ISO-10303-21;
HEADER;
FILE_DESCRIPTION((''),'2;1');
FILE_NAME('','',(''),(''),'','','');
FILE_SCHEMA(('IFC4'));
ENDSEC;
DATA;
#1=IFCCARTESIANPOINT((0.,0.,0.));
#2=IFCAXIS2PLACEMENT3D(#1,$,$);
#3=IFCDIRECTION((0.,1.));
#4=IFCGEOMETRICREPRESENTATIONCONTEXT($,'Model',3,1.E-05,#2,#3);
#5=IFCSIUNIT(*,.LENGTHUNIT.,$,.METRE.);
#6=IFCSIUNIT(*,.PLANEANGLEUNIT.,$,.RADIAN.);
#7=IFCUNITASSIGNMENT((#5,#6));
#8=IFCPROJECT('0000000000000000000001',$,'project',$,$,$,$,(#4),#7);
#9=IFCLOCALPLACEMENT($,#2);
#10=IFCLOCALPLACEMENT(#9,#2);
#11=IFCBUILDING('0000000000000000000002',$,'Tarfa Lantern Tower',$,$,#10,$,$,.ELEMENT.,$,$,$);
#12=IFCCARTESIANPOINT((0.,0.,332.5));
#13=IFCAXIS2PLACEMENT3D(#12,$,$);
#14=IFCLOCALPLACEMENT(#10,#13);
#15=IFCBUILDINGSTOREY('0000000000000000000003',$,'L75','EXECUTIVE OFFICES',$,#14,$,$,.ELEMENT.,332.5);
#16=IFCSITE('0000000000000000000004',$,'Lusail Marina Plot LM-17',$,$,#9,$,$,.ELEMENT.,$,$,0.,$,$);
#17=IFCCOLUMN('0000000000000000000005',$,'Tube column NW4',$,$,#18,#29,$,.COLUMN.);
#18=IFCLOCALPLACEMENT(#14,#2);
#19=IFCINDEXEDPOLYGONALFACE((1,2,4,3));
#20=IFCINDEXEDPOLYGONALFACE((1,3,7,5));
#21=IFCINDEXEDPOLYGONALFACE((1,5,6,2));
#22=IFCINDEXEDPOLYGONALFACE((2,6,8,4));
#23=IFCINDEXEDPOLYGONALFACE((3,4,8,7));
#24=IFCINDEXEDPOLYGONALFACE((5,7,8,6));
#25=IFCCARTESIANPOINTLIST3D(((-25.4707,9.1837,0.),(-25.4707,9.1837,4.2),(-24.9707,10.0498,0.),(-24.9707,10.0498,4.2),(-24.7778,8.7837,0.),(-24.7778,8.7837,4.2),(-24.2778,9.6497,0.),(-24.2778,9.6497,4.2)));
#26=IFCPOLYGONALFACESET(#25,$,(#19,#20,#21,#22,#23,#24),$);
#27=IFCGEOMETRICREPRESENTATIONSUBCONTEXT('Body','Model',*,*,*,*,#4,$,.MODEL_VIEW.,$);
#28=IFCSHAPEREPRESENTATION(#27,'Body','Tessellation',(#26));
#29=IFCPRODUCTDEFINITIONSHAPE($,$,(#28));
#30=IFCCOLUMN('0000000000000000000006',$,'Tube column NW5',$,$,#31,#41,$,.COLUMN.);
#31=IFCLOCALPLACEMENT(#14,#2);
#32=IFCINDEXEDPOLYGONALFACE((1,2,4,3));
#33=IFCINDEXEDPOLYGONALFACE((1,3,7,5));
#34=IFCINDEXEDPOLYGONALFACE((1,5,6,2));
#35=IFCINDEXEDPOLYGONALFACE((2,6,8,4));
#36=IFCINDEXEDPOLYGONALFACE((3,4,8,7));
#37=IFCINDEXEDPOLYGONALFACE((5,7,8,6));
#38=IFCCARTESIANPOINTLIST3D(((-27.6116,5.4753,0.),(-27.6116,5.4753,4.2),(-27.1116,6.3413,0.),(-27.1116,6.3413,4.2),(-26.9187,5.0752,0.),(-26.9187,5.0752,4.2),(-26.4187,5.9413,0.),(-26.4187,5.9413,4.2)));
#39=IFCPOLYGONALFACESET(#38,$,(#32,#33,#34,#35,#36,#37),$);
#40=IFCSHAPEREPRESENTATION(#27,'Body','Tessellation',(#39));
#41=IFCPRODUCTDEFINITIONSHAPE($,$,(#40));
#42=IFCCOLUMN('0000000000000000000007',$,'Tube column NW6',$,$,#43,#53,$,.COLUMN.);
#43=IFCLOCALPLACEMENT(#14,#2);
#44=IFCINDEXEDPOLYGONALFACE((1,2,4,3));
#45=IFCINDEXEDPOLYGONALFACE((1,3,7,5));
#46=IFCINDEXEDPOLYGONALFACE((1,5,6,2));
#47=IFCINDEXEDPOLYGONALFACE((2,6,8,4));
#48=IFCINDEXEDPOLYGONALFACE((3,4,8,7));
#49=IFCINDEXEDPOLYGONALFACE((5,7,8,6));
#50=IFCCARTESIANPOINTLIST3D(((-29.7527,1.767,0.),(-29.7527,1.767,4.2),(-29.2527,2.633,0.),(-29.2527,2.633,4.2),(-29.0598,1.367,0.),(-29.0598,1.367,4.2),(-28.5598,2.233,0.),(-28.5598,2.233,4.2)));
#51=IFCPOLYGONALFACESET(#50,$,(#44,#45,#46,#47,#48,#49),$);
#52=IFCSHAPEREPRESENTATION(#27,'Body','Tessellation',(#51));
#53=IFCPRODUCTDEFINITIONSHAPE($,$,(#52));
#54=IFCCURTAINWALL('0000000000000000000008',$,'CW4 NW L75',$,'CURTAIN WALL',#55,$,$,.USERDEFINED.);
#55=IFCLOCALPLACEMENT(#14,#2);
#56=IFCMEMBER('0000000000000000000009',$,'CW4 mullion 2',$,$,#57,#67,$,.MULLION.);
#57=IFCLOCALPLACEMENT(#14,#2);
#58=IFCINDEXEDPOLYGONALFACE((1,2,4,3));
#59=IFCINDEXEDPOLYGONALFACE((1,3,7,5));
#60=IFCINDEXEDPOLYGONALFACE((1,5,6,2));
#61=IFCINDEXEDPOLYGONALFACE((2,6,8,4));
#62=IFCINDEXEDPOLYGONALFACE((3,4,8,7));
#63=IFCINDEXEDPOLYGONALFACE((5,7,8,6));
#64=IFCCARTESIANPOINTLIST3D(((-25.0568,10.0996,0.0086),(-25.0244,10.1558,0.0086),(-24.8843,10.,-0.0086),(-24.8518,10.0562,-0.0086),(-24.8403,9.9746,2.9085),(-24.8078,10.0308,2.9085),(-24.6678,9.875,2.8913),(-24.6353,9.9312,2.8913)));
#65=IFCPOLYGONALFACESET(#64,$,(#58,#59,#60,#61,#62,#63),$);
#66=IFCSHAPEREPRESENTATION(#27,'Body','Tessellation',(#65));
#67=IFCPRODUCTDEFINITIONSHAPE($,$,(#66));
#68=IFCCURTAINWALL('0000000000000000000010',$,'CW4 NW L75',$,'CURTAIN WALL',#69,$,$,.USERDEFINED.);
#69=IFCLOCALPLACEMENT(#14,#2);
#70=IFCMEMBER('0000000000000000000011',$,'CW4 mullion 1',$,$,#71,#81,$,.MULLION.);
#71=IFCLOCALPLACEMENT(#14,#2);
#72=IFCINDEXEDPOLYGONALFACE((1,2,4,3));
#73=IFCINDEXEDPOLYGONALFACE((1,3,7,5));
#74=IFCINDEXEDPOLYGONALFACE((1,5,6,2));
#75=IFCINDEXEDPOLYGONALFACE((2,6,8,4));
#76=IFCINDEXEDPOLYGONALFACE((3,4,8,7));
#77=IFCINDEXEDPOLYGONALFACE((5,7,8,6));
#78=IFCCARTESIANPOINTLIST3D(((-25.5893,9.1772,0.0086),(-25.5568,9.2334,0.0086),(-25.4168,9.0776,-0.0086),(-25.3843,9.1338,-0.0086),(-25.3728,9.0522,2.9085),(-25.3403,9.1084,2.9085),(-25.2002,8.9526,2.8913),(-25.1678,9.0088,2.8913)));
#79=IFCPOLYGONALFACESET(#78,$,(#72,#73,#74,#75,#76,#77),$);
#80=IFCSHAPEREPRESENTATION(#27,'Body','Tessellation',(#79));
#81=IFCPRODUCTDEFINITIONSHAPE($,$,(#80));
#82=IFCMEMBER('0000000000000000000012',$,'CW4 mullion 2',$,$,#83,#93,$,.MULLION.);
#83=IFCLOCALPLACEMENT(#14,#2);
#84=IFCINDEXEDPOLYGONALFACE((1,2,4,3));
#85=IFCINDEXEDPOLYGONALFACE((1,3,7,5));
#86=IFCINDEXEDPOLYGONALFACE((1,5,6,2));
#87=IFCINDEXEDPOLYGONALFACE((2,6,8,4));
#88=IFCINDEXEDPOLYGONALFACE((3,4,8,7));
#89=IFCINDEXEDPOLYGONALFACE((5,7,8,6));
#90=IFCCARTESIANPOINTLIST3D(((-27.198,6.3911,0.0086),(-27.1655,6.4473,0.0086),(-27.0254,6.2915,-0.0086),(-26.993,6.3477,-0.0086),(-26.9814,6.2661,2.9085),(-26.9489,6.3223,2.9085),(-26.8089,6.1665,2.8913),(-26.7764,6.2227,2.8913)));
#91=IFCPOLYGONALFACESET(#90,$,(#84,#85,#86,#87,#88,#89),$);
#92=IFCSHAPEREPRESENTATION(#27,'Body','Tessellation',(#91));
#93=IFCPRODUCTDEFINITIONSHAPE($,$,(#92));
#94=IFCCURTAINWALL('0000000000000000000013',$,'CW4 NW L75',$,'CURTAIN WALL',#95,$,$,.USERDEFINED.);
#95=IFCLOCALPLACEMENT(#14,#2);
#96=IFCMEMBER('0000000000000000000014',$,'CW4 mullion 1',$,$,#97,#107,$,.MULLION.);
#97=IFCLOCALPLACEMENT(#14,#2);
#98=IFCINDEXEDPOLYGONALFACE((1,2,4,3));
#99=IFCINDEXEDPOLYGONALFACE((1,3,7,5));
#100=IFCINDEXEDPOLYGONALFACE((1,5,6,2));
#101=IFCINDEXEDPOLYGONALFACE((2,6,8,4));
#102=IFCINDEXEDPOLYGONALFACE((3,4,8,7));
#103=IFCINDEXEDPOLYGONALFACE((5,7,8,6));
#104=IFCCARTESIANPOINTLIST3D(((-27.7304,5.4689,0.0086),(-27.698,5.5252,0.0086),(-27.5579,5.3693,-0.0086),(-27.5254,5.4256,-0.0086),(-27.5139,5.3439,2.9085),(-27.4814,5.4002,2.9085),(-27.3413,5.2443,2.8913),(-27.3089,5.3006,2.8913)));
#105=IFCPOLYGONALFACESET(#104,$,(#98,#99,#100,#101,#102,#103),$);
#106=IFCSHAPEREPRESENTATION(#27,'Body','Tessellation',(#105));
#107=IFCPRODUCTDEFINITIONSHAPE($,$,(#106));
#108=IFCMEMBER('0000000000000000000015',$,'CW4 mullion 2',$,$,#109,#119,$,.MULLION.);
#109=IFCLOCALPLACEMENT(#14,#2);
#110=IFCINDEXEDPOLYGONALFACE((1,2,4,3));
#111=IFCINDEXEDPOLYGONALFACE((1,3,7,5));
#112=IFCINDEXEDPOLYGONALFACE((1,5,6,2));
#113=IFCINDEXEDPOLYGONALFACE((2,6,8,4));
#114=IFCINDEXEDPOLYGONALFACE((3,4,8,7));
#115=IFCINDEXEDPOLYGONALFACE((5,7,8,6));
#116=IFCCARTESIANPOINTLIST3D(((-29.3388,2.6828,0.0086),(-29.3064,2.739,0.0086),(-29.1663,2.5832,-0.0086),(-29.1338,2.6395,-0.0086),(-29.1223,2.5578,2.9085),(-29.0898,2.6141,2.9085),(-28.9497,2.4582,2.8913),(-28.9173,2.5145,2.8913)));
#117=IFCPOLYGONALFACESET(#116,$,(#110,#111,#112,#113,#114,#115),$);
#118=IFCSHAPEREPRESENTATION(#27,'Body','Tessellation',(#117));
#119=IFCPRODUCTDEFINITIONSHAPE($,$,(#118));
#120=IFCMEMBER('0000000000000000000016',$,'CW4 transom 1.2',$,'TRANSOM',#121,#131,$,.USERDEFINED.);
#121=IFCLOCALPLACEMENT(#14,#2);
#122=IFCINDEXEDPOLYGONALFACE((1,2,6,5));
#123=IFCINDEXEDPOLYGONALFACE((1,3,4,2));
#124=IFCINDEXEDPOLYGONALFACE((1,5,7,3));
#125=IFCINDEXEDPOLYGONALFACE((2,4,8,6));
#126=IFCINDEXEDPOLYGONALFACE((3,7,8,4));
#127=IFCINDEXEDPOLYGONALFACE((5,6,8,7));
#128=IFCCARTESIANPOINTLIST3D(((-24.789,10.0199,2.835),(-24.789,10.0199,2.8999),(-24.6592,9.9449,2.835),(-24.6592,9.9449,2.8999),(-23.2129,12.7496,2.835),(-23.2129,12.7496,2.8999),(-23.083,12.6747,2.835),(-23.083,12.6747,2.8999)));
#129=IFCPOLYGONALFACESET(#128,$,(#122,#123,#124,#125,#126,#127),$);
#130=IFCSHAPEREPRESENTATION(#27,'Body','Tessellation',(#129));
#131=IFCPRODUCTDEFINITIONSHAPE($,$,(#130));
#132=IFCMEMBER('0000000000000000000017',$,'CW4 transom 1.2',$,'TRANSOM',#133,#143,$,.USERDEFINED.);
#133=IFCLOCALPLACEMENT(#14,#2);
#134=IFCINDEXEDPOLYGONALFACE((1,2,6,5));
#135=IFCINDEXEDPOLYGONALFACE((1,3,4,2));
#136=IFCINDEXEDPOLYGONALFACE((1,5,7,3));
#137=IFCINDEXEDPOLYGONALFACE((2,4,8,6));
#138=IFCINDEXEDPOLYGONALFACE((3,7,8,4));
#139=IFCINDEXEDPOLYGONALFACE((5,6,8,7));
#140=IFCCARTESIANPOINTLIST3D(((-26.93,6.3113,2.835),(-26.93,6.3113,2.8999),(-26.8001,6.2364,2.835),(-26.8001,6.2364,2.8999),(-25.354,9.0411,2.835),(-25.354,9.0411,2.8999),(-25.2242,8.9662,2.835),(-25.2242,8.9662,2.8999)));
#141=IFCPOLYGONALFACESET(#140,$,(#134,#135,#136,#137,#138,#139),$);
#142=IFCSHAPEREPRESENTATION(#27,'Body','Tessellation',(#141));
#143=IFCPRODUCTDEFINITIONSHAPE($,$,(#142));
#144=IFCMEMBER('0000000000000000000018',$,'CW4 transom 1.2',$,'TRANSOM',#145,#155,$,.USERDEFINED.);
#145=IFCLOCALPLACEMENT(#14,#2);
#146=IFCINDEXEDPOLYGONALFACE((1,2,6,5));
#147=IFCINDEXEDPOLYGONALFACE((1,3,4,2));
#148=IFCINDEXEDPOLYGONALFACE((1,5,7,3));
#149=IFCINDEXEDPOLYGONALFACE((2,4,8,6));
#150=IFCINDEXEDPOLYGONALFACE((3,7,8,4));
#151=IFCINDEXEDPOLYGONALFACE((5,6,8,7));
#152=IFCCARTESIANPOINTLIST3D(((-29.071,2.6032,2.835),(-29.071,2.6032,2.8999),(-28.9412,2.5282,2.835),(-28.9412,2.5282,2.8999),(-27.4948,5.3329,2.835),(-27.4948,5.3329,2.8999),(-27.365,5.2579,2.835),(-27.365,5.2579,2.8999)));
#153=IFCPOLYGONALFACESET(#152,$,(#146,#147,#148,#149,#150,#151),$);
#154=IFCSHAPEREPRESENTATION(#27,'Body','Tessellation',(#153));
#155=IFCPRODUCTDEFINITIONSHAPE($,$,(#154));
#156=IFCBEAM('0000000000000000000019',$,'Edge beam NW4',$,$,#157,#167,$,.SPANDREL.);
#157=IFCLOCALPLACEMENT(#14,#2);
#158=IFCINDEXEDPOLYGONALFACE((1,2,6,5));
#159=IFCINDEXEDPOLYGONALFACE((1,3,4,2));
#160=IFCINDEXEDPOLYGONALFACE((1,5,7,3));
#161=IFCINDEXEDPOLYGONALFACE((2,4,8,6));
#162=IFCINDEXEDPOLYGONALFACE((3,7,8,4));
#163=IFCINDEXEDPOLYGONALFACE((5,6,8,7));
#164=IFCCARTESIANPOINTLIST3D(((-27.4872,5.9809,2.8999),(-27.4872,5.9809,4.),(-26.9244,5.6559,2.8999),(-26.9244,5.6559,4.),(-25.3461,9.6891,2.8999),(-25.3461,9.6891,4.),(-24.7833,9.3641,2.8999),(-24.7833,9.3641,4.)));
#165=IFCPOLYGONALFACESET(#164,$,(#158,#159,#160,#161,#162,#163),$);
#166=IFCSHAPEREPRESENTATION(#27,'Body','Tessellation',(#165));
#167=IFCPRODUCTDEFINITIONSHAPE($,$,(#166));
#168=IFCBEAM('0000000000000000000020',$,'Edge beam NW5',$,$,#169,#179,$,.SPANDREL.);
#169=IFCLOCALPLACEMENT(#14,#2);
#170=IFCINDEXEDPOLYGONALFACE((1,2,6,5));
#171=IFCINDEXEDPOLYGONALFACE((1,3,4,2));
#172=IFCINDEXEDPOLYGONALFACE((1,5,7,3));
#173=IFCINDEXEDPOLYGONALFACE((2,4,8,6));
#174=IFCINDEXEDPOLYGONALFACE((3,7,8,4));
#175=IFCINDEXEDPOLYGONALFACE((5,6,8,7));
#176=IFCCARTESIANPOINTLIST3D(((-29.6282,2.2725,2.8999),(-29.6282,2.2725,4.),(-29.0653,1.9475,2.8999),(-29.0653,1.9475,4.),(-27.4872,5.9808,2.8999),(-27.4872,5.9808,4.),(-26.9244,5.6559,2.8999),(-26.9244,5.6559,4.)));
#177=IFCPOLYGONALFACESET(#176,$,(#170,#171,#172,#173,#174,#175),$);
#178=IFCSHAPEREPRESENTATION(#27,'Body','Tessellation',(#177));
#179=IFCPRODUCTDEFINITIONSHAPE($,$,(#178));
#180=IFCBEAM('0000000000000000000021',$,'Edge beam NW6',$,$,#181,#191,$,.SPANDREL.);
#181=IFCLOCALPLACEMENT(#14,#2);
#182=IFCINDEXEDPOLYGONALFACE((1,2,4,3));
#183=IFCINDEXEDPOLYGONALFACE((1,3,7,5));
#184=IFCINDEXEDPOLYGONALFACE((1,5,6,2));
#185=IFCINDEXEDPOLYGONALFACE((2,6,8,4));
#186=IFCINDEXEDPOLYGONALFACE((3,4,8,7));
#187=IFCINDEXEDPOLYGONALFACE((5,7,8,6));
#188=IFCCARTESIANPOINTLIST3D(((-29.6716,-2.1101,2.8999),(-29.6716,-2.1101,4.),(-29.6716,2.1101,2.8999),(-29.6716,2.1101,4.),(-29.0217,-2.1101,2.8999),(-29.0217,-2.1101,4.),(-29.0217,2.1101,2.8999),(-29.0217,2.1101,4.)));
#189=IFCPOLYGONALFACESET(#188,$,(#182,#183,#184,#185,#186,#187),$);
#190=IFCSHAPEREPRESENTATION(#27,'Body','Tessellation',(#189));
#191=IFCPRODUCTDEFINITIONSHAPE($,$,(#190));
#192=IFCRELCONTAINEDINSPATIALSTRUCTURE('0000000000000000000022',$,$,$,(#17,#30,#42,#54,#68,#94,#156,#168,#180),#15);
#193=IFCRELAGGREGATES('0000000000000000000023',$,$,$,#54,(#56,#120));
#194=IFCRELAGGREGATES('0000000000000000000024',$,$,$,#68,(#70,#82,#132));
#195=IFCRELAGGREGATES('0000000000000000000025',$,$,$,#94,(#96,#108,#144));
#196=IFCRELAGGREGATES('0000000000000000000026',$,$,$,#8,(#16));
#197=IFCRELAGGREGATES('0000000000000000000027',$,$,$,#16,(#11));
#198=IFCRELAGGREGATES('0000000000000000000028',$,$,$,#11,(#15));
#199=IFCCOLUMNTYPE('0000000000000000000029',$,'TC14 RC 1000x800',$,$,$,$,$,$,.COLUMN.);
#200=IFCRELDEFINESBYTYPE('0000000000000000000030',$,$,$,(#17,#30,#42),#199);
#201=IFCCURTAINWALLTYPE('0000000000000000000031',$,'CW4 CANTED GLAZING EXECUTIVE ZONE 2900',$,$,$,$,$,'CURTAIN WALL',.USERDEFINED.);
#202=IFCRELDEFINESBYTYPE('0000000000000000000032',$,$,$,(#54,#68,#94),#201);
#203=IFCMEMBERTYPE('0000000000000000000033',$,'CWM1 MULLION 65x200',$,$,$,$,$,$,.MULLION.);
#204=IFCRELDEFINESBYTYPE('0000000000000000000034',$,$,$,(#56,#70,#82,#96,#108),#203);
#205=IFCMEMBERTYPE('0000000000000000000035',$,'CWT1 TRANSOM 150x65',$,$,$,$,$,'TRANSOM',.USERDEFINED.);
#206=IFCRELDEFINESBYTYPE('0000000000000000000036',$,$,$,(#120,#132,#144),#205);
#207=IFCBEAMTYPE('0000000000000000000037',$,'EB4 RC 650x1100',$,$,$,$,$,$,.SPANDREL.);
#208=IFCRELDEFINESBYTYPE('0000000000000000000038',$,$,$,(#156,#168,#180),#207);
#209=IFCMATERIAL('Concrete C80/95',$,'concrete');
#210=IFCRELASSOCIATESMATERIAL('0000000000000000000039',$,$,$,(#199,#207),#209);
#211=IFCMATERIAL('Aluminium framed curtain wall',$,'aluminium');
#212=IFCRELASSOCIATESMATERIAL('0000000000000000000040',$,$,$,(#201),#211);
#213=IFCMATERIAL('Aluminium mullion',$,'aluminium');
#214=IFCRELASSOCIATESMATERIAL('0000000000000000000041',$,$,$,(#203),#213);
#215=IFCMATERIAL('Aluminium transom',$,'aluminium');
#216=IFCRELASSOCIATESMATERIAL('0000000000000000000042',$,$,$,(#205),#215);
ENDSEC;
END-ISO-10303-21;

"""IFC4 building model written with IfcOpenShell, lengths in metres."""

from ifc_helpers import new_model, si_unit, direction, frame, origin, origin_2d, place, context, subcontext, project, spatial, rectangle, extrude, material, material_profile, profile_set, type_object, element, aggregate, save


model = new_model("IFC4")

# Units and contexts
model_context = context("Model", 3, precision=1e-05, world=origin(), true_north=direction((0.0, 1.0)))
body_context = subcontext(model_context, "Body", "Model", "MODEL_VIEW")
ifc_project = project(units=[si_unit("LENGTHUNIT", "METRE"), si_unit("PLANEANGLEUNIT", "RADIAN")], contexts=[model_context])

# Site, building, storey
site_placement = place(None, origin())
site = spatial("IfcSite", under=ifc_project, at=site_placement, Name="Lusail Marina Plot LM-17", CompositionType="ELEMENT", RefElevation=0.0)
building_placement = place(site_placement, origin())
building = spatial("IfcBuilding", under=site, at=building_placement, Name="Tarfa Lantern Tower", CompositionType="ELEMENT")
storey_placement = place(building_placement, frame((0.0, 0.0, 332.5)))
storey = spatial("IfcBuildingStorey", under=building, at=storey_placement, Name="L75", Description="EXECUTIVE OFFICES", CompositionType="ELEMENT", Elevation=332.5)

# Columns
ifc_material_1 = material(Name="Concrete C80/95", Category="concrete")
ifc_material_profile_1 = material_profile(ifc_material_1, rectangle(XDim=1.0, YDim=0.8, at=origin_2d()), Name="RC 1000x800")
ifc_profile_set_1 = profile_set([ifc_material_profile_1], Name="Concrete C80/95")
column_type = type_object("IfcColumnType", Name="TC14 RC 1000x800", PredefinedType="COLUMN", material=ifc_profile_set_1)
for number, where, z_axis, x_axis, name in (
    (1, (-24.8743, 9.4167, 0.0), (0.0, 0.0, 1.0), (-0.5, -0.866025, 0.0), "Tube column NW4"),
    (2, (-27.0151, 5.7083, 0.0), (0.0, 0.0, 1.0), (-0.5, -0.866025, 0.0), "Tube column NW5"),
    (3, (-29.1562, 2.0, 0.0), (0.0, 0.0, 1.0), (-0.5, -0.866025, 0.0), "Tube column NW6"),
):
    element("IfcColumn", number, at=place(storey_placement, frame(where, z_axis=z_axis, x_axis=x_axis)), inside=storey, type_object=column_type, Name=name, PredefinedType="COLUMN", context=body_context, shape_type="SweptSolid", body=[
        extrude(rectangle(XDim=1.0, YDim=0.8, at=origin_2d()), origin(), (0.0, 0.0, 1.0), 4.2),
    ])

# Curtain wall, member
ifc_material_2 = material(Name="Aluminium framed curtain wall", Category="aluminium")
curtain_wall_type = type_object("IfcCurtainWallType", Name="CW4 CANTED GLAZING EXECUTIVE ZONE 2900", ElementType="CURTAIN WALL", PredefinedType="USERDEFINED", material=ifc_material_2)
curtain_wall_1_placement = place(storey_placement, origin())
curtain_wall_1 = element("IfcCurtainWall", 4, at=curtain_wall_1_placement, inside=storey, type_object=curtain_wall_type, Name="CW4 NW L75", ObjectType="CURTAIN WALL", PredefinedType="USERDEFINED")
ifc_material_3 = material(Name="Aluminium mullion", Category="aluminium")
ifc_material_profile_2 = material_profile(ifc_material_3, rectangle(XDim=0.0649, YDim=0.2, at=origin_2d()), Name="AL MULLION 65x200")
ifc_profile_set_2 = profile_set([ifc_material_profile_2], Name="Aluminium mullion")
member_type_1 = type_object("IfcMemberType", Name="CWM1 MULLION 65x200", PredefinedType="MULLION", material=ifc_profile_set_2)
member_1_placement = place(storey_placement, frame((-24.9543, 10.0779, 0.0), z_axis=(0.0744, -0.042946, 0.996303), x_axis=(0.49992, 0.866072, 0.0)))
member_1 = element("IfcMember", 5, at=member_1_placement, type_object=member_type_1, Name="CW4 mullion 2", PredefinedType="MULLION", context=body_context, shape_type="SweptSolid", body=[
    extrude(rectangle(XDim=0.0649, YDim=0.2, at=origin_2d()), origin(), (0.0, 0.0, 1.0), 2.9106),
])

# Curtain walls, members
curtain_wall_2_placement = place(storey_placement, origin())
curtain_wall_2 = element("IfcCurtainWall", 6, at=curtain_wall_2_placement, inside=storey, type_object=curtain_wall_type, Name="CW4 NW L75", ObjectType="CURTAIN WALL", PredefinedType="USERDEFINED")
member_2_placement = place(storey_placement, frame((-25.4868, 9.1555, 0.0), z_axis=(0.0744, -0.042946, 0.996303), x_axis=(0.49992, 0.866072, 0.0)))
member_2 = element("IfcMember", 7, at=member_2_placement, type_object=member_type_1, Name="CW4 mullion 1", PredefinedType="MULLION", context=body_context, shape_type="SweptSolid", body=[
    extrude(rectangle(XDim=0.0649, YDim=0.2, at=origin_2d()), origin(), (0.0, 0.0, 1.0), 2.9106),
])
member_3_placement = place(storey_placement, frame((-27.0955, 6.3694, 0.0), z_axis=(0.0744, -0.042946, 0.996303), x_axis=(0.49992, 0.866072, 0.0)))
member_3 = element("IfcMember", 8, at=member_3_placement, type_object=member_type_1, Name="CW4 mullion 2", PredefinedType="MULLION", context=body_context, shape_type="SweptSolid", body=[
    extrude(rectangle(XDim=0.0649, YDim=0.2, at=origin_2d()), origin(), (0.0, 0.0, 1.0), 2.9106),
])
curtain_wall_3_placement = place(storey_placement, origin())
curtain_wall_3 = element("IfcCurtainWall", 9, at=curtain_wall_3_placement, inside=storey, type_object=curtain_wall_type, Name="CW4 NW L75", ObjectType="CURTAIN WALL", PredefinedType="USERDEFINED")
member_4_placement = place(storey_placement, frame((-27.6279, 5.4473, 0.0), z_axis=(0.0744, -0.042946, 0.996303), x_axis=(0.49992, 0.866072, 0.0)))
member_4 = element("IfcMember", 10, at=member_4_placement, type_object=member_type_1, Name="CW4 mullion 1", PredefinedType="MULLION", context=body_context, shape_type="SweptSolid", body=[
    extrude(rectangle(XDim=0.0649, YDim=0.2, at=origin_2d()), origin(), (0.0, 0.0, 1.0), 2.9106),
])
member_5_placement = place(storey_placement, frame((-29.2363, 2.6611, 0.0), z_axis=(0.0744, -0.042946, 0.996303), x_axis=(0.49992, 0.866072, 0.0)))
member_5 = element("IfcMember", 11, at=member_5_placement, type_object=member_type_1, Name="CW4 mullion 2", PredefinedType="MULLION", context=body_context, shape_type="SweptSolid", body=[
    extrude(rectangle(XDim=0.0649, YDim=0.2, at=origin_2d()), origin(), (0.0, 0.0, 1.0), 2.9106),
])

# Members
ifc_material_4 = material(Name="Aluminium transom", Category="aluminium")
ifc_material_profile_3 = material_profile(ifc_material_4, rectangle(XDim=0.1499, YDim=0.0649, at=origin_2d()), Name="AL TRANSOM 150x65")
ifc_profile_set_3 = profile_set([ifc_material_profile_3], Name="Aluminium transom")
member_type_2 = type_object("IfcMemberType", Name="CWT1 TRANSOM 150x65", ElementType="TRANSOM", PredefinedType="USERDEFINED", material=ifc_profile_set_3)
member_6_placement = place(storey_placement, frame((-23.1479, 12.7122, 2.8674), z_axis=(-0.500038, -0.866004, 0.0), x_axis=(0.866004, -0.500038, 0.0)))
member_6 = element("IfcMember", 12, at=member_6_placement, type_object=member_type_2, Name="CW4 transom 1.2", ObjectType="TRANSOM", PredefinedType="USERDEFINED", context=body_context, shape_type="SweptSolid", body=[
    extrude(rectangle(XDim=0.1499, YDim=0.0649, at=origin_2d()), origin(), (0.0, 0.0, 1.0), 3.1521),
])
aggregate(curtain_wall_1, [member_1, member_6])
member_7_placement = place(storey_placement, frame((-25.2891, 9.0037, 2.8674), z_axis=(-0.499979, -0.866037, 0.0), x_axis=(0.866037, -0.499979, 0.0)))
member_7 = element("IfcMember", 13, at=member_7_placement, type_object=member_type_2, Name="CW4 transom 1.2", ObjectType="TRANSOM", PredefinedType="USERDEFINED", context=body_context, shape_type="SweptSolid", body=[
    extrude(rectangle(XDim=0.1499, YDim=0.0649, at=origin_2d()), origin(), (0.0, 0.0, 1.0), 3.1521),
])
member_8_placement = place(storey_placement, frame((-27.4299, 5.2954, 2.8674), z_axis=(-0.500038, -0.866004, 0.0), x_axis=(0.866004, -0.500038, 0.0)))
member_8 = element("IfcMember", 14, at=member_8_placement, type_object=member_type_2, Name="CW4 transom 1.2", ObjectType="TRANSOM", PredefinedType="USERDEFINED", context=body_context, shape_type="SweptSolid", body=[
    extrude(rectangle(XDim=0.1499, YDim=0.0649, at=origin_2d()), origin(), (0.0, 0.0, 1.0), 3.1521),
])

# Beams
ifc_material_profile_4 = material_profile(ifc_material_1, rectangle(XDim=0.6499, YDim=1.1001, at=origin_2d()), Name="RC 650x1100")
ifc_profile_set_4 = profile_set([ifc_material_profile_4], Name="Concrete C80/95")
beam_type_1 = type_object("IfcBeamType", Name="EB4 RC 650x1100", PredefinedType="SPANDREL", material=ifc_profile_set_4)
for number, where, z_axis, x_axis, name in (
    (15, (-25.0647, 9.5266, 3.45), (-0.500027, -0.86601, 0.0), (0.86601, -0.500027, 0.0), "Edge beam NW4"),
    (16, (-27.2058, 5.8184, 3.45), (-0.499984, -0.866035, 0.0), (0.866035, -0.499984, 0.0), "Edge beam NW5"),
):
    element("IfcBeam", number, at=place(storey_placement, frame(where, z_axis=z_axis, x_axis=x_axis)), inside=storey, type_object=beam_type_1, Name=name, PredefinedType="SPANDREL", context=body_context, shape_type="SweptSolid", body=[
        extrude(rectangle(XDim=0.6499, YDim=1.1001, at=origin_2d()), origin(), (0.0, 0.0, 1.0), 4.282),
    ])
beam_1_placement = place(storey_placement, frame((-29.3467, 2.1101, 3.45), z_axis=(0.0, -1.0, 0.0), x_axis=(1.0, 0.0, 0.0)))
element("IfcBeam", 17, at=beam_1_placement, inside=storey, type_object=beam_type_1, Name="Edge beam NW6", PredefinedType="SPANDREL", context=body_context, shape_type="SweptSolid", body=[
    extrude(rectangle(XDim=0.6499, YDim=1.1001, at=origin_2d()), origin(), (0.0, 0.0, 1.0), 4.2202),
])

aggregate(curtain_wall_2, [member_2, member_3, member_7])
aggregate(curtain_wall_3, [member_4, member_5, member_8])

save(model, "model.ifc")
